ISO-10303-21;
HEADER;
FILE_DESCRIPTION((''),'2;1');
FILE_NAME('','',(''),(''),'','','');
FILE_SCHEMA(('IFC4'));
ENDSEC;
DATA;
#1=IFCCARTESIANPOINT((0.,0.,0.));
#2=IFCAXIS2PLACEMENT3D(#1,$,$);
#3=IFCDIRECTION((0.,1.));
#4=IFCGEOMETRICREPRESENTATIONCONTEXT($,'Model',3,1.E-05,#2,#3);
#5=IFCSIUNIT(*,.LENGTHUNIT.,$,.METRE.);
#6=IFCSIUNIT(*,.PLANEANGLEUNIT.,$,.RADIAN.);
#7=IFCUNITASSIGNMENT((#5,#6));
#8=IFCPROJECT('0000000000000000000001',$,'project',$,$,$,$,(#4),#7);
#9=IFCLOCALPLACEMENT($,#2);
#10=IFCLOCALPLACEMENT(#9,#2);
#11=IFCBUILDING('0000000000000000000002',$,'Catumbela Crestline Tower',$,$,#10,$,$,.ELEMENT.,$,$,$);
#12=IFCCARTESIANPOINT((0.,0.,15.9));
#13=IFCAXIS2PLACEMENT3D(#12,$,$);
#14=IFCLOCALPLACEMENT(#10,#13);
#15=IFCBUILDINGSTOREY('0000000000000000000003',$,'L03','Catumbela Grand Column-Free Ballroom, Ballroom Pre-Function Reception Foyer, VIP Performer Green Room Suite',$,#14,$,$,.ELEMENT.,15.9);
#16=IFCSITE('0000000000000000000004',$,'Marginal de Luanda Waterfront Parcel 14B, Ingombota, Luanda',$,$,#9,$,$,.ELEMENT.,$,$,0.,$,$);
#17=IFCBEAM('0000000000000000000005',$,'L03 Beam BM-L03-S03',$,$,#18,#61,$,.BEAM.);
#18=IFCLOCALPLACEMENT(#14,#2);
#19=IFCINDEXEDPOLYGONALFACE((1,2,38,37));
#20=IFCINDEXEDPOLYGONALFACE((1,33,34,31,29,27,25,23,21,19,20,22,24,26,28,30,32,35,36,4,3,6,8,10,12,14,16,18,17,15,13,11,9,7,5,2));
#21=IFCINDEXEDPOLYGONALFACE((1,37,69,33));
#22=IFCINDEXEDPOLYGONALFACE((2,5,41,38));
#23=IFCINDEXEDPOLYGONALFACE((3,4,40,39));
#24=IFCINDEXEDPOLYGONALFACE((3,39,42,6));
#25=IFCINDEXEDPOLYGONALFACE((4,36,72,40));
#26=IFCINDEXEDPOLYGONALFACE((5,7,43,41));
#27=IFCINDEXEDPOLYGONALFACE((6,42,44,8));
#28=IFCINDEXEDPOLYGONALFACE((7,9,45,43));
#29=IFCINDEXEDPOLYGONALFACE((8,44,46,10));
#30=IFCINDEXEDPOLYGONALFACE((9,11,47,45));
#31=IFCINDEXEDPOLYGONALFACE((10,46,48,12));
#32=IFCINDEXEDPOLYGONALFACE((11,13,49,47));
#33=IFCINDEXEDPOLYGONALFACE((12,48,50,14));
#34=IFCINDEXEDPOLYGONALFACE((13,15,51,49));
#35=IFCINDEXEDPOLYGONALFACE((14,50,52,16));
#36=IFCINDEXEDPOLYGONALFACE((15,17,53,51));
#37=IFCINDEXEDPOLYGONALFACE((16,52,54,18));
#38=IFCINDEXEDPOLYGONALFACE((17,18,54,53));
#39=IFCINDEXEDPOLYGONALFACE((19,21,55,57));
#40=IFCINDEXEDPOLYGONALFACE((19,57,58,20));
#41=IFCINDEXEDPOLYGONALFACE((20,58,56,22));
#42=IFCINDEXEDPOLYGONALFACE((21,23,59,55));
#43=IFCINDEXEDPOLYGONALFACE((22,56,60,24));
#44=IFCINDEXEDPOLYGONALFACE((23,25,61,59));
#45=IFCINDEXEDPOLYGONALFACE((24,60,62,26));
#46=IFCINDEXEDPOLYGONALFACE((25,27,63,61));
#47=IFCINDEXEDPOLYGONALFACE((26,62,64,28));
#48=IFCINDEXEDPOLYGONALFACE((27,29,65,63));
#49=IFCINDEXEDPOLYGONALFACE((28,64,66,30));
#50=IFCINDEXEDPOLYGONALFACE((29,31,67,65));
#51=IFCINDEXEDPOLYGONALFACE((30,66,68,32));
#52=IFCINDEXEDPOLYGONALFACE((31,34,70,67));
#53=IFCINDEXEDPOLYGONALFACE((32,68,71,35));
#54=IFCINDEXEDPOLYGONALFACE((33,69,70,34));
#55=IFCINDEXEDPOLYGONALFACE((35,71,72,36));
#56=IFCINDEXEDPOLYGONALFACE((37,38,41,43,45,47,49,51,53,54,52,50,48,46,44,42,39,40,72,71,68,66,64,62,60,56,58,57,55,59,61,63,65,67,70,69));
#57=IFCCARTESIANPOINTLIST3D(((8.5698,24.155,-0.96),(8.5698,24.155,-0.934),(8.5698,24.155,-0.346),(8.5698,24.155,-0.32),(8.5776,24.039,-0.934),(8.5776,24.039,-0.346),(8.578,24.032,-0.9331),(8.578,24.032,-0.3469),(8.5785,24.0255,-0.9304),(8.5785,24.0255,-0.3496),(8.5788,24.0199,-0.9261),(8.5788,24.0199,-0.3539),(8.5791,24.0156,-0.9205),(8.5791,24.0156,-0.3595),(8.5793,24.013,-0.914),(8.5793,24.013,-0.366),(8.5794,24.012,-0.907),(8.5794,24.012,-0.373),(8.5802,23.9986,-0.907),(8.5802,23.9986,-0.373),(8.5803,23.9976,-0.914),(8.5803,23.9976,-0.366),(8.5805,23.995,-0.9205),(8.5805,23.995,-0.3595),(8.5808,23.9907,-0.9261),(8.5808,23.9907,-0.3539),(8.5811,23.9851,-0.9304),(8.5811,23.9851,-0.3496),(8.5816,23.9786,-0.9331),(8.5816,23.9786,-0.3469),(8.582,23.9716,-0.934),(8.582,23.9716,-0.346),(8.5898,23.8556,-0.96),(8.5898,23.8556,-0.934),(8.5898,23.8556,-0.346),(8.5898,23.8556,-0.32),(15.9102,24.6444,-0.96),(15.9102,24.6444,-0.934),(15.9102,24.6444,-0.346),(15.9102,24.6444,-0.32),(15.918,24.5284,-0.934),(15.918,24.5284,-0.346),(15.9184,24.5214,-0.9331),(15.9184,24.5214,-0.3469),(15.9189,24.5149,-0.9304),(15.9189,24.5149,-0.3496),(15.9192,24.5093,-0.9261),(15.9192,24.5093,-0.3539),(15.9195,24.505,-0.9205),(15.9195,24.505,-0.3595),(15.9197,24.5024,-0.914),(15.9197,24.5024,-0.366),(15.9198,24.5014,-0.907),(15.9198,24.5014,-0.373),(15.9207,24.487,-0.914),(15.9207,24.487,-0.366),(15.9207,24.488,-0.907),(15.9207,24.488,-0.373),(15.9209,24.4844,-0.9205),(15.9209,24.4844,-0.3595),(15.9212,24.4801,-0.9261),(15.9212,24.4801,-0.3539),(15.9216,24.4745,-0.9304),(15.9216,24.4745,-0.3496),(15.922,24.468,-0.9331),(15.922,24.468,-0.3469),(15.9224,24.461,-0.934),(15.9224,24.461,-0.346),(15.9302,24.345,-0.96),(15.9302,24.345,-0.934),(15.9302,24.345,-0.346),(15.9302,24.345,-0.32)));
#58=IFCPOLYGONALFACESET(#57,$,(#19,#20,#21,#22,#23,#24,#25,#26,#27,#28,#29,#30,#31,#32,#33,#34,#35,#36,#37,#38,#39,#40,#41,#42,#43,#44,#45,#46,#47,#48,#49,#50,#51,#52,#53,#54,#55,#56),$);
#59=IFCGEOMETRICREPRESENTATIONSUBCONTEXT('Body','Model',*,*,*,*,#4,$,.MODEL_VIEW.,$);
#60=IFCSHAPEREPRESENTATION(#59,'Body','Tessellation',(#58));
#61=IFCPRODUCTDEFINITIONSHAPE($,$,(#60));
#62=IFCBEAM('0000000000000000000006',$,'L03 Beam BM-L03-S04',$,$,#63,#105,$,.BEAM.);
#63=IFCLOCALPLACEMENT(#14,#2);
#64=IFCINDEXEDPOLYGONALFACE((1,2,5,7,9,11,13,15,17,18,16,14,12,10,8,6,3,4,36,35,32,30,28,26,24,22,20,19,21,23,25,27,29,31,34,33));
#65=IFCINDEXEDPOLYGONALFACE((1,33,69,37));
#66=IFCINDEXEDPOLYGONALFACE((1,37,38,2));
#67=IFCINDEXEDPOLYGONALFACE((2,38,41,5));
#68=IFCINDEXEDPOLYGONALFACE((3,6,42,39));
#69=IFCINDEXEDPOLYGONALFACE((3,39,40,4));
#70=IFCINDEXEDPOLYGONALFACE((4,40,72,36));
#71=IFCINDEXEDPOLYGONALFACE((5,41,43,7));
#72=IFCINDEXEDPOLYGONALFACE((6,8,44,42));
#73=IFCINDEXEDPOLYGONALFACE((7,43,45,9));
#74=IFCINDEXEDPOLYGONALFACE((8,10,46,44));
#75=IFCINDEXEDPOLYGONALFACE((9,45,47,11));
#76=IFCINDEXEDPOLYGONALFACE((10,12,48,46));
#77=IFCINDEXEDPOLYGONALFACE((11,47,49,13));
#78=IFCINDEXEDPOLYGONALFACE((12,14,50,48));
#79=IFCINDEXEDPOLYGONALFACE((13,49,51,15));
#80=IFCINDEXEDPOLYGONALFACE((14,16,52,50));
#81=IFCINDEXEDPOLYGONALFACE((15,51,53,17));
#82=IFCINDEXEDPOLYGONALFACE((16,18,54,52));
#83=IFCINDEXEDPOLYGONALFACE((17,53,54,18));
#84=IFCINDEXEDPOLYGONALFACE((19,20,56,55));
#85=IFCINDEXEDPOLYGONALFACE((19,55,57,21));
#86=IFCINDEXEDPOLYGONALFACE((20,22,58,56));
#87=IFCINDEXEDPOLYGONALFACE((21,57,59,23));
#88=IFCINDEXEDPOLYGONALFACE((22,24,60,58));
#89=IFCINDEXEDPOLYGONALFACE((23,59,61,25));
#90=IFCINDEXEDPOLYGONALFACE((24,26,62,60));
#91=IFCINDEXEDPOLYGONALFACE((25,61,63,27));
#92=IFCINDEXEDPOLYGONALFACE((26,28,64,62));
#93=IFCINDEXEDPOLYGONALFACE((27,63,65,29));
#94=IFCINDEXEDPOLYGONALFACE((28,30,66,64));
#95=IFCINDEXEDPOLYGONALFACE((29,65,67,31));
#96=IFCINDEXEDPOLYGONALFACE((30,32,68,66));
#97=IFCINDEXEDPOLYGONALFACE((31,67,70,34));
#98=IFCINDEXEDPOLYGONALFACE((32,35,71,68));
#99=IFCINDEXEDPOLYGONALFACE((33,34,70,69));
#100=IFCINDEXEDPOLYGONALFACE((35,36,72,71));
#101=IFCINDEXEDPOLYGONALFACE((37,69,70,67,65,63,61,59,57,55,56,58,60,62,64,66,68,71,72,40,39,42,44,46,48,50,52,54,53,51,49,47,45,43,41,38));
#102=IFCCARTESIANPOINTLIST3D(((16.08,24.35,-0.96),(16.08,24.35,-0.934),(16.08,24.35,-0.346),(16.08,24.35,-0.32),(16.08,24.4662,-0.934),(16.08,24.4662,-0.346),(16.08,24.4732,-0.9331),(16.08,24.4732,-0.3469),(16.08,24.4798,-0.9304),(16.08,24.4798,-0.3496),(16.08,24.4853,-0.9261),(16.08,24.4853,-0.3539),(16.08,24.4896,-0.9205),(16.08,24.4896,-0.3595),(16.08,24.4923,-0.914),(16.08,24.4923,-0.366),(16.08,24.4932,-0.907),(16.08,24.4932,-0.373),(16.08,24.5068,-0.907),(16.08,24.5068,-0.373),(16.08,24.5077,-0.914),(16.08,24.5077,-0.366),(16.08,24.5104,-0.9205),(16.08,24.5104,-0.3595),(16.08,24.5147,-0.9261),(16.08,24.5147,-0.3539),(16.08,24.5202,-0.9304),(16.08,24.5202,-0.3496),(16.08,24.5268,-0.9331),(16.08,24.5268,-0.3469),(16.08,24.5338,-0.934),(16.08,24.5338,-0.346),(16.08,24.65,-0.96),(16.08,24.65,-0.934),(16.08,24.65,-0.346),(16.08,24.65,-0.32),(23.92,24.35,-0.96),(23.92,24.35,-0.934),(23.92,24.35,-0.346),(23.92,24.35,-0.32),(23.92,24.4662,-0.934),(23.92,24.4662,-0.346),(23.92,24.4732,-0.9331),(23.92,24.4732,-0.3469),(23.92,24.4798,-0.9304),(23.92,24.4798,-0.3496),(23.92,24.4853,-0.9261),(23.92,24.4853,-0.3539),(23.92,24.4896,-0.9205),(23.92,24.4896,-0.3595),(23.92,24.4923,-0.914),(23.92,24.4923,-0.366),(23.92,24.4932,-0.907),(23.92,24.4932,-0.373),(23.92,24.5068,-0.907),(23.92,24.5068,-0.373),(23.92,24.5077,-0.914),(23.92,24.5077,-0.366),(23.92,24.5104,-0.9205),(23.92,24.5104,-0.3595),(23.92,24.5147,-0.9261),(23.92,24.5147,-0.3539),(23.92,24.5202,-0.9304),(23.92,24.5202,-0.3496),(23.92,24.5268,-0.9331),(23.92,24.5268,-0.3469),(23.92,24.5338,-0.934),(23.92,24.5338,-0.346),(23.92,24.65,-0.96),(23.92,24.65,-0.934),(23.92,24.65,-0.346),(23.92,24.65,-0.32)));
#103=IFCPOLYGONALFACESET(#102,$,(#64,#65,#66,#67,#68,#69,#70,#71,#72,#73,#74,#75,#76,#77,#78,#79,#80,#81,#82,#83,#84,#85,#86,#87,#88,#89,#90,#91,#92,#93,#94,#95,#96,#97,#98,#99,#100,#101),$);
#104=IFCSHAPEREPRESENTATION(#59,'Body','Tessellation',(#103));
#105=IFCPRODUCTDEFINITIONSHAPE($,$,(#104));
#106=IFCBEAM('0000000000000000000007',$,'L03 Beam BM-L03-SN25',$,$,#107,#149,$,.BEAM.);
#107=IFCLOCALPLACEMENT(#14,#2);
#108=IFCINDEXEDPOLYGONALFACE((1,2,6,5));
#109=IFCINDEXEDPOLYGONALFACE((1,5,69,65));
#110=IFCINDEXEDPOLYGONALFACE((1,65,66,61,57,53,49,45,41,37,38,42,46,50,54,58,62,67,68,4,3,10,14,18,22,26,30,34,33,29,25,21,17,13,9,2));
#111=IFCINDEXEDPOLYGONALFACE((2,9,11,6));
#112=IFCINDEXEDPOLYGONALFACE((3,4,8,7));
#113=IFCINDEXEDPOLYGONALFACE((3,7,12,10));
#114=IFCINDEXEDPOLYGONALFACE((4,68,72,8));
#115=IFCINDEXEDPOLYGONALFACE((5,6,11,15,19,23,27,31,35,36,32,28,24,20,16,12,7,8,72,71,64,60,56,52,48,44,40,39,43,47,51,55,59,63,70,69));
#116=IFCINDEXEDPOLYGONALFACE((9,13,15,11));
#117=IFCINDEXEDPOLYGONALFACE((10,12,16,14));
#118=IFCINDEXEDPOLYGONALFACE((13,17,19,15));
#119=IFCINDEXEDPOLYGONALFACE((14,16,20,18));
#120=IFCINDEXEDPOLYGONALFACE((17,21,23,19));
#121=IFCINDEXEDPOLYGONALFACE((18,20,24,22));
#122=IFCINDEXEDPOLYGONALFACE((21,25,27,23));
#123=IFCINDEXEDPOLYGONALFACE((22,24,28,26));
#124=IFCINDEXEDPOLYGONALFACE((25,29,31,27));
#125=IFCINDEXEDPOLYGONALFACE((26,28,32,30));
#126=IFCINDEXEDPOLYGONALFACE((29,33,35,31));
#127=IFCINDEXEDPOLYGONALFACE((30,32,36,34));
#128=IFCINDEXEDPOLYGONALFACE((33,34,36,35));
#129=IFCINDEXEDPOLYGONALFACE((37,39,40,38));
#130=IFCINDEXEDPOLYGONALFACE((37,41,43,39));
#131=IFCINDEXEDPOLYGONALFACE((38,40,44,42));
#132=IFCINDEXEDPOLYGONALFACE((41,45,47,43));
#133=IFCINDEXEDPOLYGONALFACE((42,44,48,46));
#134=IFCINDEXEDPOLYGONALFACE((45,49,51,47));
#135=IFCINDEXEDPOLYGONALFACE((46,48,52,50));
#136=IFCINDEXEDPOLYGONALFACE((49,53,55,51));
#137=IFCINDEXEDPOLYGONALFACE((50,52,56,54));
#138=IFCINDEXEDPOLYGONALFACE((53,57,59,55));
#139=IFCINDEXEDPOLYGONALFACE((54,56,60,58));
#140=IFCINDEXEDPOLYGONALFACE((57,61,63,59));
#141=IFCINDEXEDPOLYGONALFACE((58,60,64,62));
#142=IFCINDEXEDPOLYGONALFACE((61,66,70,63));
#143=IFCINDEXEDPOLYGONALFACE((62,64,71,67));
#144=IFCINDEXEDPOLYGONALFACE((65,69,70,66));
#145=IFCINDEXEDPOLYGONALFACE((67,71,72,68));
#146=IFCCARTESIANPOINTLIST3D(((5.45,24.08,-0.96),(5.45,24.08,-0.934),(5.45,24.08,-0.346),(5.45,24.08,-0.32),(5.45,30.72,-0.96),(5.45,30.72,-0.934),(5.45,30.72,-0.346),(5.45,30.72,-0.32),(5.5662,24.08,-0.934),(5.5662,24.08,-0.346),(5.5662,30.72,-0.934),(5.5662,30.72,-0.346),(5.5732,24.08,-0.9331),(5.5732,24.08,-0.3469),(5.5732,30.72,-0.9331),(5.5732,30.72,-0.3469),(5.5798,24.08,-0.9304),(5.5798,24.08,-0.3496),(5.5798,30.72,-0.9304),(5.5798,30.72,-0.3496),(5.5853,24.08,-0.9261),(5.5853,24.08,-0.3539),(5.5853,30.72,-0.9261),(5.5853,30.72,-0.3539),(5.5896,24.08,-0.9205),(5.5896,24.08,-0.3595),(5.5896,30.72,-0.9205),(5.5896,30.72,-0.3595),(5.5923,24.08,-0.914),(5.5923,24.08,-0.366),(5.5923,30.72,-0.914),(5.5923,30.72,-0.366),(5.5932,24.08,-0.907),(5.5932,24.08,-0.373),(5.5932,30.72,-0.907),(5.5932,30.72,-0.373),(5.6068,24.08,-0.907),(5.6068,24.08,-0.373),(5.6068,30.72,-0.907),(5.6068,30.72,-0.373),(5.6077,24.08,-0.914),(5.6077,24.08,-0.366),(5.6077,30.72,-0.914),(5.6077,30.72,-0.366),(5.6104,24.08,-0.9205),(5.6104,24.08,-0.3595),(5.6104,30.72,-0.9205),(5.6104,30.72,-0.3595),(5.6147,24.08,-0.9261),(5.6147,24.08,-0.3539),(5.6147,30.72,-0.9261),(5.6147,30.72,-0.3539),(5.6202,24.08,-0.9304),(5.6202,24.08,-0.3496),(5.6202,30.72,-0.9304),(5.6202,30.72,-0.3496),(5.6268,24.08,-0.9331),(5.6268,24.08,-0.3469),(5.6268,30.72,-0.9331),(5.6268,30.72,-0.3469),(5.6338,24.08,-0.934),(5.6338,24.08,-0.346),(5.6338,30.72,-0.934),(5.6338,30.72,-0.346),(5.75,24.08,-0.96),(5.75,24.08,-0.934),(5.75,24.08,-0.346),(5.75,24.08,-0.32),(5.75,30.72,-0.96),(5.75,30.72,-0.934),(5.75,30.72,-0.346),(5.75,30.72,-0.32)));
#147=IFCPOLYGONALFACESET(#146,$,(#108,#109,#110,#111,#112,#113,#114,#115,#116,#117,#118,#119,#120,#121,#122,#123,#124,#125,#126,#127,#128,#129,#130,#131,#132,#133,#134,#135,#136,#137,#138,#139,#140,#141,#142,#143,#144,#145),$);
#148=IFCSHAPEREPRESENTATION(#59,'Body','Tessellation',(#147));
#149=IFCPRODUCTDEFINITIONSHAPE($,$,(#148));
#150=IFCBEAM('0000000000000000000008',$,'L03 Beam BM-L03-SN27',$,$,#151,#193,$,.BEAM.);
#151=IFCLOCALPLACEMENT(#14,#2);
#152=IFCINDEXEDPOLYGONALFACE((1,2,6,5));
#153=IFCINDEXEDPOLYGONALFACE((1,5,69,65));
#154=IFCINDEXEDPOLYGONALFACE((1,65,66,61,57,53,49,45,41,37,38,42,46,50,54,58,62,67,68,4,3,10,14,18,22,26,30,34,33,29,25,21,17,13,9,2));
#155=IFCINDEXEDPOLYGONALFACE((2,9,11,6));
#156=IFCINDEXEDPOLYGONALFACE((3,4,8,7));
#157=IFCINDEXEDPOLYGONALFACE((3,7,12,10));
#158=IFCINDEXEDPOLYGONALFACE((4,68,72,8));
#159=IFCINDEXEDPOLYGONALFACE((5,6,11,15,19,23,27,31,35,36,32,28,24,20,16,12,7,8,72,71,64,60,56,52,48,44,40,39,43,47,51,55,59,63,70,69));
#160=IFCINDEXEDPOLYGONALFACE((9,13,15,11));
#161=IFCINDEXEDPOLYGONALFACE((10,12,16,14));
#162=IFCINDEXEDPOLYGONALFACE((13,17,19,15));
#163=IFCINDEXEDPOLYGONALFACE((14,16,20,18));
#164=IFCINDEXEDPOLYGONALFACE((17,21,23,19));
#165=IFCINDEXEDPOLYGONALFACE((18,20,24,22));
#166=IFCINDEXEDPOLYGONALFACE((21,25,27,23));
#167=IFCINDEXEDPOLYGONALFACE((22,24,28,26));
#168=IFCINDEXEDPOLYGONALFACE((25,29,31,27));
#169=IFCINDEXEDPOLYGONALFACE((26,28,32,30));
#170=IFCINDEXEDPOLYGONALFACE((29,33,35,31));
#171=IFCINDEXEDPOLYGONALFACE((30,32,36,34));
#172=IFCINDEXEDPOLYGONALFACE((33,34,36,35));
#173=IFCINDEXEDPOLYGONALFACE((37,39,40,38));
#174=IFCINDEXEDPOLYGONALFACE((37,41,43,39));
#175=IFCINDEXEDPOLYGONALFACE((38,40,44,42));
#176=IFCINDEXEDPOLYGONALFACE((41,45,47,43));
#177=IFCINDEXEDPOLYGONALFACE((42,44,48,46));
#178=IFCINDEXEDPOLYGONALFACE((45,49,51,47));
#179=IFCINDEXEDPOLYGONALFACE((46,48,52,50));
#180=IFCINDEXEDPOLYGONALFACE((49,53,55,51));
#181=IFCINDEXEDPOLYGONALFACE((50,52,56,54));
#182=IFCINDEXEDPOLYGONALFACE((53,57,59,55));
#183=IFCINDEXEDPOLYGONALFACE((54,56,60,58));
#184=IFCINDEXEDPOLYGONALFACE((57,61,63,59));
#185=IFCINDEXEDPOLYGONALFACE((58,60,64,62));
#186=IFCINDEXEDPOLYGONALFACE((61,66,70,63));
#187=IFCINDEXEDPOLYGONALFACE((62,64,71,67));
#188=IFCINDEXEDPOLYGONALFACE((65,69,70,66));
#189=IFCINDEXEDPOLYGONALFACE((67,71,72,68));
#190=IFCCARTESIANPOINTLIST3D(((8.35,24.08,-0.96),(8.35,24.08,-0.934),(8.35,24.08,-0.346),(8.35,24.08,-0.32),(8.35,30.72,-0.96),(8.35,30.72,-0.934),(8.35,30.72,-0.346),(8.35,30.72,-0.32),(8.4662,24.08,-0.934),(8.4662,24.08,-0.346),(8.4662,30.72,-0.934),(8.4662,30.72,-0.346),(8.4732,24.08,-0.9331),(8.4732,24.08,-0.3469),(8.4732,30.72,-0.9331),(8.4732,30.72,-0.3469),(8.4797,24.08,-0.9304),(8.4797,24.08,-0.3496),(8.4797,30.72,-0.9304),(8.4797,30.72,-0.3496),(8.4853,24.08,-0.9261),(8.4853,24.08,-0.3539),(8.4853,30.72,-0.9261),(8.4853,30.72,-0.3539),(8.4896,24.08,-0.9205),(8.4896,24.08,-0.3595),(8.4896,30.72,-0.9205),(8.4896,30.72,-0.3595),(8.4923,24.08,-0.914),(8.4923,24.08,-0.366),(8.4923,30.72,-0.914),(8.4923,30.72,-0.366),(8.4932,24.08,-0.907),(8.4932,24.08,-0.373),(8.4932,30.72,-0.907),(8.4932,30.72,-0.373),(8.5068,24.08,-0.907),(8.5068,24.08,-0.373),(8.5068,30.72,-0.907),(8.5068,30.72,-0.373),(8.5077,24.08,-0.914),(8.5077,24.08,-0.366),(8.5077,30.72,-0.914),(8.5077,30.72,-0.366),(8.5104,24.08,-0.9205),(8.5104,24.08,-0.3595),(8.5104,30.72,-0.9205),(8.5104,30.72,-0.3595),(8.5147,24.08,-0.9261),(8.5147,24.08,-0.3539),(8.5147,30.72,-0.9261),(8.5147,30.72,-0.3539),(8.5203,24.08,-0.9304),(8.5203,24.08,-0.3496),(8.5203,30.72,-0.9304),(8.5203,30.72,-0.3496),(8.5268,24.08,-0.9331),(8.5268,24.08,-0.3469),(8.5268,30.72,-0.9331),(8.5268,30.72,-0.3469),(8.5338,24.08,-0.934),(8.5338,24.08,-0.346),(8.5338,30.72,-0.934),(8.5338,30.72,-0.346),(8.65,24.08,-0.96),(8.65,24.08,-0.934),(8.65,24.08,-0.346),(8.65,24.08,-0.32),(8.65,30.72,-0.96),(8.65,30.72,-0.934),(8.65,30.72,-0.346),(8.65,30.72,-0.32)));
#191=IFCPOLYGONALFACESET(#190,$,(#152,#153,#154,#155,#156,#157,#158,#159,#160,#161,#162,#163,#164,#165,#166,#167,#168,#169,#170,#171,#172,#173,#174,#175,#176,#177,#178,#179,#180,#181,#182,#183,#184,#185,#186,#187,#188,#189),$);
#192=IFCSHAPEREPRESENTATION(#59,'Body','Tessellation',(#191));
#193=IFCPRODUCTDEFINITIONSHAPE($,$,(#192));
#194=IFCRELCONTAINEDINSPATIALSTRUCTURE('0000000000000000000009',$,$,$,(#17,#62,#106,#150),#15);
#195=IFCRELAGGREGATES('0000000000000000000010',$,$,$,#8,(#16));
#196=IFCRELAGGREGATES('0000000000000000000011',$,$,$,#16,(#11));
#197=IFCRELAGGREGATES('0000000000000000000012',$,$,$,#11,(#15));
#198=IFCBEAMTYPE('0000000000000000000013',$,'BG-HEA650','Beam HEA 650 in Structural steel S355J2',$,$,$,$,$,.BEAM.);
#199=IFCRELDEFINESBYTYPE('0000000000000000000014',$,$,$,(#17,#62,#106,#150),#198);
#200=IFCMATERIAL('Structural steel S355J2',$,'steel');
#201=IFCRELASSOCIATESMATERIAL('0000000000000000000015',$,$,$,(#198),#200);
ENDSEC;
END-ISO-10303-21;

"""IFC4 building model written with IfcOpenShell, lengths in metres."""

from ifc_helpers import new_model, si_unit, direction, frame, origin, origin_2d, place, context, subcontext, project, spatial, i_section, extrude, material, material_profile, profile_set, type_object, element, save


model = new_model("IFC4")

# Units and contexts
model_context = context("Model", 3, precision=1e-05, world=origin(), true_north=direction((0.0, 1.0)))
body_context = subcontext(model_context, "Body", "Model", "MODEL_VIEW")
ifc_project = project(units=[si_unit("LENGTHUNIT", "METRE"), si_unit("PLANEANGLEUNIT", "RADIAN")], contexts=[model_context])

# Site, building, storey
site_placement = place(None, origin())
site = spatial("IfcSite", under=ifc_project, at=site_placement, Name="Marginal de Luanda Waterfront Parcel 14B, Ingombota, Luanda", CompositionType="ELEMENT", RefElevation=0.0)
building_placement = place(site_placement, origin())
building = spatial("IfcBuilding", under=site, at=building_placement, Name="Catumbela Crestline Tower", CompositionType="ELEMENT")
storey_placement = place(building_placement, frame((0.0, 0.0, 15.9)))
storey = spatial("IfcBuildingStorey", under=building, at=storey_placement, Name="L03", Description="Catumbela Grand Column-Free Ballroom, Ballroom Pre-Function Reception Foyer, VIP Performer Green Room Suite", CompositionType="ELEMENT", Elevation=15.9)

# Beams
ifc_material_1 = material(Name="Structural steel S355J2", Category="steel")
ifc_material_profile_1 = material_profile(ifc_material_1, i_section(OverallWidth=0.3, OverallDepth=0.64, WebThickness=0.0135, FlangeThickness=0.026, FilletRadius=0.027, at=origin_2d()), Name="HEA 650")
ifc_profile_set_1 = profile_set([ifc_material_profile_1], Name="Structural steel S355J2")
beam_type_1 = type_object("IfcBeamType", Name="BG-HEA650", Description="Beam HEA 650 in Structural steel S355J2", PredefinedType="BEAM", material=ifc_profile_set_1)
beam_1_placement = place(storey_placement, frame((8.5798, 24.0053, -0.64), z_axis=(0.997785, 0.066524, 0.0), x_axis=(-0.066524, 0.997785, 0.0)))
element("IfcBeam", 1, at=beam_1_placement, inside=storey, type_object=beam_type_1, Name="L03 Beam BM-L03-S03", PredefinedType="BEAM", context=body_context, shape_type="SweptSolid", body=[
    extrude(i_section(OverallWidth=0.3, OverallDepth=0.64, WebThickness=0.0135, FlangeThickness=0.026, FilletRadius=0.027, at=origin_2d()), origin(), (0.0, 0.0, 1.0), 7.3567),
])
beam_2_placement = place(storey_placement, frame((16.08, 24.5, -0.64), z_axis=(1.0, 0.0, 0.0), x_axis=(0.0, 1.0, 0.0)))
element("IfcBeam", 2, at=beam_2_placement, inside=storey, type_object=beam_type_1, Name="L03 Beam BM-L03-S04", PredefinedType="BEAM", context=body_context, shape_type="SweptSolid", body=[
    extrude(i_section(OverallWidth=0.3, OverallDepth=0.64, WebThickness=0.0135, FlangeThickness=0.026, FilletRadius=0.027, at=origin_2d()), origin(), (0.0, 0.0, 1.0), 7.84),
])
for number, where, z_axis, x_axis, name in (
    (3, (5.6, 24.08, -0.64), (0.0, 1.0, 0.0), (-1.0, 0.0, 0.0), "L03 Beam BM-L03-SN25"),
    (4, (8.5, 24.08, -0.64), (0.0, 1.0, 0.0), (-1.0, 0.0, 0.0), "L03 Beam BM-L03-SN27"),
):
    element("IfcBeam", number, at=place(storey_placement, frame(where, z_axis=z_axis, x_axis=x_axis)), inside=storey, type_object=beam_type_1, Name=name, PredefinedType="BEAM", context=body_context, shape_type="SweptSolid", body=[
        extrude(i_section(OverallWidth=0.3, OverallDepth=0.64, WebThickness=0.0135, FlangeThickness=0.026, FilletRadius=0.027, at=origin_2d()), origin(), (0.0, 0.0, 1.0), 6.64),
    ])

save(model, "model.ifc")
